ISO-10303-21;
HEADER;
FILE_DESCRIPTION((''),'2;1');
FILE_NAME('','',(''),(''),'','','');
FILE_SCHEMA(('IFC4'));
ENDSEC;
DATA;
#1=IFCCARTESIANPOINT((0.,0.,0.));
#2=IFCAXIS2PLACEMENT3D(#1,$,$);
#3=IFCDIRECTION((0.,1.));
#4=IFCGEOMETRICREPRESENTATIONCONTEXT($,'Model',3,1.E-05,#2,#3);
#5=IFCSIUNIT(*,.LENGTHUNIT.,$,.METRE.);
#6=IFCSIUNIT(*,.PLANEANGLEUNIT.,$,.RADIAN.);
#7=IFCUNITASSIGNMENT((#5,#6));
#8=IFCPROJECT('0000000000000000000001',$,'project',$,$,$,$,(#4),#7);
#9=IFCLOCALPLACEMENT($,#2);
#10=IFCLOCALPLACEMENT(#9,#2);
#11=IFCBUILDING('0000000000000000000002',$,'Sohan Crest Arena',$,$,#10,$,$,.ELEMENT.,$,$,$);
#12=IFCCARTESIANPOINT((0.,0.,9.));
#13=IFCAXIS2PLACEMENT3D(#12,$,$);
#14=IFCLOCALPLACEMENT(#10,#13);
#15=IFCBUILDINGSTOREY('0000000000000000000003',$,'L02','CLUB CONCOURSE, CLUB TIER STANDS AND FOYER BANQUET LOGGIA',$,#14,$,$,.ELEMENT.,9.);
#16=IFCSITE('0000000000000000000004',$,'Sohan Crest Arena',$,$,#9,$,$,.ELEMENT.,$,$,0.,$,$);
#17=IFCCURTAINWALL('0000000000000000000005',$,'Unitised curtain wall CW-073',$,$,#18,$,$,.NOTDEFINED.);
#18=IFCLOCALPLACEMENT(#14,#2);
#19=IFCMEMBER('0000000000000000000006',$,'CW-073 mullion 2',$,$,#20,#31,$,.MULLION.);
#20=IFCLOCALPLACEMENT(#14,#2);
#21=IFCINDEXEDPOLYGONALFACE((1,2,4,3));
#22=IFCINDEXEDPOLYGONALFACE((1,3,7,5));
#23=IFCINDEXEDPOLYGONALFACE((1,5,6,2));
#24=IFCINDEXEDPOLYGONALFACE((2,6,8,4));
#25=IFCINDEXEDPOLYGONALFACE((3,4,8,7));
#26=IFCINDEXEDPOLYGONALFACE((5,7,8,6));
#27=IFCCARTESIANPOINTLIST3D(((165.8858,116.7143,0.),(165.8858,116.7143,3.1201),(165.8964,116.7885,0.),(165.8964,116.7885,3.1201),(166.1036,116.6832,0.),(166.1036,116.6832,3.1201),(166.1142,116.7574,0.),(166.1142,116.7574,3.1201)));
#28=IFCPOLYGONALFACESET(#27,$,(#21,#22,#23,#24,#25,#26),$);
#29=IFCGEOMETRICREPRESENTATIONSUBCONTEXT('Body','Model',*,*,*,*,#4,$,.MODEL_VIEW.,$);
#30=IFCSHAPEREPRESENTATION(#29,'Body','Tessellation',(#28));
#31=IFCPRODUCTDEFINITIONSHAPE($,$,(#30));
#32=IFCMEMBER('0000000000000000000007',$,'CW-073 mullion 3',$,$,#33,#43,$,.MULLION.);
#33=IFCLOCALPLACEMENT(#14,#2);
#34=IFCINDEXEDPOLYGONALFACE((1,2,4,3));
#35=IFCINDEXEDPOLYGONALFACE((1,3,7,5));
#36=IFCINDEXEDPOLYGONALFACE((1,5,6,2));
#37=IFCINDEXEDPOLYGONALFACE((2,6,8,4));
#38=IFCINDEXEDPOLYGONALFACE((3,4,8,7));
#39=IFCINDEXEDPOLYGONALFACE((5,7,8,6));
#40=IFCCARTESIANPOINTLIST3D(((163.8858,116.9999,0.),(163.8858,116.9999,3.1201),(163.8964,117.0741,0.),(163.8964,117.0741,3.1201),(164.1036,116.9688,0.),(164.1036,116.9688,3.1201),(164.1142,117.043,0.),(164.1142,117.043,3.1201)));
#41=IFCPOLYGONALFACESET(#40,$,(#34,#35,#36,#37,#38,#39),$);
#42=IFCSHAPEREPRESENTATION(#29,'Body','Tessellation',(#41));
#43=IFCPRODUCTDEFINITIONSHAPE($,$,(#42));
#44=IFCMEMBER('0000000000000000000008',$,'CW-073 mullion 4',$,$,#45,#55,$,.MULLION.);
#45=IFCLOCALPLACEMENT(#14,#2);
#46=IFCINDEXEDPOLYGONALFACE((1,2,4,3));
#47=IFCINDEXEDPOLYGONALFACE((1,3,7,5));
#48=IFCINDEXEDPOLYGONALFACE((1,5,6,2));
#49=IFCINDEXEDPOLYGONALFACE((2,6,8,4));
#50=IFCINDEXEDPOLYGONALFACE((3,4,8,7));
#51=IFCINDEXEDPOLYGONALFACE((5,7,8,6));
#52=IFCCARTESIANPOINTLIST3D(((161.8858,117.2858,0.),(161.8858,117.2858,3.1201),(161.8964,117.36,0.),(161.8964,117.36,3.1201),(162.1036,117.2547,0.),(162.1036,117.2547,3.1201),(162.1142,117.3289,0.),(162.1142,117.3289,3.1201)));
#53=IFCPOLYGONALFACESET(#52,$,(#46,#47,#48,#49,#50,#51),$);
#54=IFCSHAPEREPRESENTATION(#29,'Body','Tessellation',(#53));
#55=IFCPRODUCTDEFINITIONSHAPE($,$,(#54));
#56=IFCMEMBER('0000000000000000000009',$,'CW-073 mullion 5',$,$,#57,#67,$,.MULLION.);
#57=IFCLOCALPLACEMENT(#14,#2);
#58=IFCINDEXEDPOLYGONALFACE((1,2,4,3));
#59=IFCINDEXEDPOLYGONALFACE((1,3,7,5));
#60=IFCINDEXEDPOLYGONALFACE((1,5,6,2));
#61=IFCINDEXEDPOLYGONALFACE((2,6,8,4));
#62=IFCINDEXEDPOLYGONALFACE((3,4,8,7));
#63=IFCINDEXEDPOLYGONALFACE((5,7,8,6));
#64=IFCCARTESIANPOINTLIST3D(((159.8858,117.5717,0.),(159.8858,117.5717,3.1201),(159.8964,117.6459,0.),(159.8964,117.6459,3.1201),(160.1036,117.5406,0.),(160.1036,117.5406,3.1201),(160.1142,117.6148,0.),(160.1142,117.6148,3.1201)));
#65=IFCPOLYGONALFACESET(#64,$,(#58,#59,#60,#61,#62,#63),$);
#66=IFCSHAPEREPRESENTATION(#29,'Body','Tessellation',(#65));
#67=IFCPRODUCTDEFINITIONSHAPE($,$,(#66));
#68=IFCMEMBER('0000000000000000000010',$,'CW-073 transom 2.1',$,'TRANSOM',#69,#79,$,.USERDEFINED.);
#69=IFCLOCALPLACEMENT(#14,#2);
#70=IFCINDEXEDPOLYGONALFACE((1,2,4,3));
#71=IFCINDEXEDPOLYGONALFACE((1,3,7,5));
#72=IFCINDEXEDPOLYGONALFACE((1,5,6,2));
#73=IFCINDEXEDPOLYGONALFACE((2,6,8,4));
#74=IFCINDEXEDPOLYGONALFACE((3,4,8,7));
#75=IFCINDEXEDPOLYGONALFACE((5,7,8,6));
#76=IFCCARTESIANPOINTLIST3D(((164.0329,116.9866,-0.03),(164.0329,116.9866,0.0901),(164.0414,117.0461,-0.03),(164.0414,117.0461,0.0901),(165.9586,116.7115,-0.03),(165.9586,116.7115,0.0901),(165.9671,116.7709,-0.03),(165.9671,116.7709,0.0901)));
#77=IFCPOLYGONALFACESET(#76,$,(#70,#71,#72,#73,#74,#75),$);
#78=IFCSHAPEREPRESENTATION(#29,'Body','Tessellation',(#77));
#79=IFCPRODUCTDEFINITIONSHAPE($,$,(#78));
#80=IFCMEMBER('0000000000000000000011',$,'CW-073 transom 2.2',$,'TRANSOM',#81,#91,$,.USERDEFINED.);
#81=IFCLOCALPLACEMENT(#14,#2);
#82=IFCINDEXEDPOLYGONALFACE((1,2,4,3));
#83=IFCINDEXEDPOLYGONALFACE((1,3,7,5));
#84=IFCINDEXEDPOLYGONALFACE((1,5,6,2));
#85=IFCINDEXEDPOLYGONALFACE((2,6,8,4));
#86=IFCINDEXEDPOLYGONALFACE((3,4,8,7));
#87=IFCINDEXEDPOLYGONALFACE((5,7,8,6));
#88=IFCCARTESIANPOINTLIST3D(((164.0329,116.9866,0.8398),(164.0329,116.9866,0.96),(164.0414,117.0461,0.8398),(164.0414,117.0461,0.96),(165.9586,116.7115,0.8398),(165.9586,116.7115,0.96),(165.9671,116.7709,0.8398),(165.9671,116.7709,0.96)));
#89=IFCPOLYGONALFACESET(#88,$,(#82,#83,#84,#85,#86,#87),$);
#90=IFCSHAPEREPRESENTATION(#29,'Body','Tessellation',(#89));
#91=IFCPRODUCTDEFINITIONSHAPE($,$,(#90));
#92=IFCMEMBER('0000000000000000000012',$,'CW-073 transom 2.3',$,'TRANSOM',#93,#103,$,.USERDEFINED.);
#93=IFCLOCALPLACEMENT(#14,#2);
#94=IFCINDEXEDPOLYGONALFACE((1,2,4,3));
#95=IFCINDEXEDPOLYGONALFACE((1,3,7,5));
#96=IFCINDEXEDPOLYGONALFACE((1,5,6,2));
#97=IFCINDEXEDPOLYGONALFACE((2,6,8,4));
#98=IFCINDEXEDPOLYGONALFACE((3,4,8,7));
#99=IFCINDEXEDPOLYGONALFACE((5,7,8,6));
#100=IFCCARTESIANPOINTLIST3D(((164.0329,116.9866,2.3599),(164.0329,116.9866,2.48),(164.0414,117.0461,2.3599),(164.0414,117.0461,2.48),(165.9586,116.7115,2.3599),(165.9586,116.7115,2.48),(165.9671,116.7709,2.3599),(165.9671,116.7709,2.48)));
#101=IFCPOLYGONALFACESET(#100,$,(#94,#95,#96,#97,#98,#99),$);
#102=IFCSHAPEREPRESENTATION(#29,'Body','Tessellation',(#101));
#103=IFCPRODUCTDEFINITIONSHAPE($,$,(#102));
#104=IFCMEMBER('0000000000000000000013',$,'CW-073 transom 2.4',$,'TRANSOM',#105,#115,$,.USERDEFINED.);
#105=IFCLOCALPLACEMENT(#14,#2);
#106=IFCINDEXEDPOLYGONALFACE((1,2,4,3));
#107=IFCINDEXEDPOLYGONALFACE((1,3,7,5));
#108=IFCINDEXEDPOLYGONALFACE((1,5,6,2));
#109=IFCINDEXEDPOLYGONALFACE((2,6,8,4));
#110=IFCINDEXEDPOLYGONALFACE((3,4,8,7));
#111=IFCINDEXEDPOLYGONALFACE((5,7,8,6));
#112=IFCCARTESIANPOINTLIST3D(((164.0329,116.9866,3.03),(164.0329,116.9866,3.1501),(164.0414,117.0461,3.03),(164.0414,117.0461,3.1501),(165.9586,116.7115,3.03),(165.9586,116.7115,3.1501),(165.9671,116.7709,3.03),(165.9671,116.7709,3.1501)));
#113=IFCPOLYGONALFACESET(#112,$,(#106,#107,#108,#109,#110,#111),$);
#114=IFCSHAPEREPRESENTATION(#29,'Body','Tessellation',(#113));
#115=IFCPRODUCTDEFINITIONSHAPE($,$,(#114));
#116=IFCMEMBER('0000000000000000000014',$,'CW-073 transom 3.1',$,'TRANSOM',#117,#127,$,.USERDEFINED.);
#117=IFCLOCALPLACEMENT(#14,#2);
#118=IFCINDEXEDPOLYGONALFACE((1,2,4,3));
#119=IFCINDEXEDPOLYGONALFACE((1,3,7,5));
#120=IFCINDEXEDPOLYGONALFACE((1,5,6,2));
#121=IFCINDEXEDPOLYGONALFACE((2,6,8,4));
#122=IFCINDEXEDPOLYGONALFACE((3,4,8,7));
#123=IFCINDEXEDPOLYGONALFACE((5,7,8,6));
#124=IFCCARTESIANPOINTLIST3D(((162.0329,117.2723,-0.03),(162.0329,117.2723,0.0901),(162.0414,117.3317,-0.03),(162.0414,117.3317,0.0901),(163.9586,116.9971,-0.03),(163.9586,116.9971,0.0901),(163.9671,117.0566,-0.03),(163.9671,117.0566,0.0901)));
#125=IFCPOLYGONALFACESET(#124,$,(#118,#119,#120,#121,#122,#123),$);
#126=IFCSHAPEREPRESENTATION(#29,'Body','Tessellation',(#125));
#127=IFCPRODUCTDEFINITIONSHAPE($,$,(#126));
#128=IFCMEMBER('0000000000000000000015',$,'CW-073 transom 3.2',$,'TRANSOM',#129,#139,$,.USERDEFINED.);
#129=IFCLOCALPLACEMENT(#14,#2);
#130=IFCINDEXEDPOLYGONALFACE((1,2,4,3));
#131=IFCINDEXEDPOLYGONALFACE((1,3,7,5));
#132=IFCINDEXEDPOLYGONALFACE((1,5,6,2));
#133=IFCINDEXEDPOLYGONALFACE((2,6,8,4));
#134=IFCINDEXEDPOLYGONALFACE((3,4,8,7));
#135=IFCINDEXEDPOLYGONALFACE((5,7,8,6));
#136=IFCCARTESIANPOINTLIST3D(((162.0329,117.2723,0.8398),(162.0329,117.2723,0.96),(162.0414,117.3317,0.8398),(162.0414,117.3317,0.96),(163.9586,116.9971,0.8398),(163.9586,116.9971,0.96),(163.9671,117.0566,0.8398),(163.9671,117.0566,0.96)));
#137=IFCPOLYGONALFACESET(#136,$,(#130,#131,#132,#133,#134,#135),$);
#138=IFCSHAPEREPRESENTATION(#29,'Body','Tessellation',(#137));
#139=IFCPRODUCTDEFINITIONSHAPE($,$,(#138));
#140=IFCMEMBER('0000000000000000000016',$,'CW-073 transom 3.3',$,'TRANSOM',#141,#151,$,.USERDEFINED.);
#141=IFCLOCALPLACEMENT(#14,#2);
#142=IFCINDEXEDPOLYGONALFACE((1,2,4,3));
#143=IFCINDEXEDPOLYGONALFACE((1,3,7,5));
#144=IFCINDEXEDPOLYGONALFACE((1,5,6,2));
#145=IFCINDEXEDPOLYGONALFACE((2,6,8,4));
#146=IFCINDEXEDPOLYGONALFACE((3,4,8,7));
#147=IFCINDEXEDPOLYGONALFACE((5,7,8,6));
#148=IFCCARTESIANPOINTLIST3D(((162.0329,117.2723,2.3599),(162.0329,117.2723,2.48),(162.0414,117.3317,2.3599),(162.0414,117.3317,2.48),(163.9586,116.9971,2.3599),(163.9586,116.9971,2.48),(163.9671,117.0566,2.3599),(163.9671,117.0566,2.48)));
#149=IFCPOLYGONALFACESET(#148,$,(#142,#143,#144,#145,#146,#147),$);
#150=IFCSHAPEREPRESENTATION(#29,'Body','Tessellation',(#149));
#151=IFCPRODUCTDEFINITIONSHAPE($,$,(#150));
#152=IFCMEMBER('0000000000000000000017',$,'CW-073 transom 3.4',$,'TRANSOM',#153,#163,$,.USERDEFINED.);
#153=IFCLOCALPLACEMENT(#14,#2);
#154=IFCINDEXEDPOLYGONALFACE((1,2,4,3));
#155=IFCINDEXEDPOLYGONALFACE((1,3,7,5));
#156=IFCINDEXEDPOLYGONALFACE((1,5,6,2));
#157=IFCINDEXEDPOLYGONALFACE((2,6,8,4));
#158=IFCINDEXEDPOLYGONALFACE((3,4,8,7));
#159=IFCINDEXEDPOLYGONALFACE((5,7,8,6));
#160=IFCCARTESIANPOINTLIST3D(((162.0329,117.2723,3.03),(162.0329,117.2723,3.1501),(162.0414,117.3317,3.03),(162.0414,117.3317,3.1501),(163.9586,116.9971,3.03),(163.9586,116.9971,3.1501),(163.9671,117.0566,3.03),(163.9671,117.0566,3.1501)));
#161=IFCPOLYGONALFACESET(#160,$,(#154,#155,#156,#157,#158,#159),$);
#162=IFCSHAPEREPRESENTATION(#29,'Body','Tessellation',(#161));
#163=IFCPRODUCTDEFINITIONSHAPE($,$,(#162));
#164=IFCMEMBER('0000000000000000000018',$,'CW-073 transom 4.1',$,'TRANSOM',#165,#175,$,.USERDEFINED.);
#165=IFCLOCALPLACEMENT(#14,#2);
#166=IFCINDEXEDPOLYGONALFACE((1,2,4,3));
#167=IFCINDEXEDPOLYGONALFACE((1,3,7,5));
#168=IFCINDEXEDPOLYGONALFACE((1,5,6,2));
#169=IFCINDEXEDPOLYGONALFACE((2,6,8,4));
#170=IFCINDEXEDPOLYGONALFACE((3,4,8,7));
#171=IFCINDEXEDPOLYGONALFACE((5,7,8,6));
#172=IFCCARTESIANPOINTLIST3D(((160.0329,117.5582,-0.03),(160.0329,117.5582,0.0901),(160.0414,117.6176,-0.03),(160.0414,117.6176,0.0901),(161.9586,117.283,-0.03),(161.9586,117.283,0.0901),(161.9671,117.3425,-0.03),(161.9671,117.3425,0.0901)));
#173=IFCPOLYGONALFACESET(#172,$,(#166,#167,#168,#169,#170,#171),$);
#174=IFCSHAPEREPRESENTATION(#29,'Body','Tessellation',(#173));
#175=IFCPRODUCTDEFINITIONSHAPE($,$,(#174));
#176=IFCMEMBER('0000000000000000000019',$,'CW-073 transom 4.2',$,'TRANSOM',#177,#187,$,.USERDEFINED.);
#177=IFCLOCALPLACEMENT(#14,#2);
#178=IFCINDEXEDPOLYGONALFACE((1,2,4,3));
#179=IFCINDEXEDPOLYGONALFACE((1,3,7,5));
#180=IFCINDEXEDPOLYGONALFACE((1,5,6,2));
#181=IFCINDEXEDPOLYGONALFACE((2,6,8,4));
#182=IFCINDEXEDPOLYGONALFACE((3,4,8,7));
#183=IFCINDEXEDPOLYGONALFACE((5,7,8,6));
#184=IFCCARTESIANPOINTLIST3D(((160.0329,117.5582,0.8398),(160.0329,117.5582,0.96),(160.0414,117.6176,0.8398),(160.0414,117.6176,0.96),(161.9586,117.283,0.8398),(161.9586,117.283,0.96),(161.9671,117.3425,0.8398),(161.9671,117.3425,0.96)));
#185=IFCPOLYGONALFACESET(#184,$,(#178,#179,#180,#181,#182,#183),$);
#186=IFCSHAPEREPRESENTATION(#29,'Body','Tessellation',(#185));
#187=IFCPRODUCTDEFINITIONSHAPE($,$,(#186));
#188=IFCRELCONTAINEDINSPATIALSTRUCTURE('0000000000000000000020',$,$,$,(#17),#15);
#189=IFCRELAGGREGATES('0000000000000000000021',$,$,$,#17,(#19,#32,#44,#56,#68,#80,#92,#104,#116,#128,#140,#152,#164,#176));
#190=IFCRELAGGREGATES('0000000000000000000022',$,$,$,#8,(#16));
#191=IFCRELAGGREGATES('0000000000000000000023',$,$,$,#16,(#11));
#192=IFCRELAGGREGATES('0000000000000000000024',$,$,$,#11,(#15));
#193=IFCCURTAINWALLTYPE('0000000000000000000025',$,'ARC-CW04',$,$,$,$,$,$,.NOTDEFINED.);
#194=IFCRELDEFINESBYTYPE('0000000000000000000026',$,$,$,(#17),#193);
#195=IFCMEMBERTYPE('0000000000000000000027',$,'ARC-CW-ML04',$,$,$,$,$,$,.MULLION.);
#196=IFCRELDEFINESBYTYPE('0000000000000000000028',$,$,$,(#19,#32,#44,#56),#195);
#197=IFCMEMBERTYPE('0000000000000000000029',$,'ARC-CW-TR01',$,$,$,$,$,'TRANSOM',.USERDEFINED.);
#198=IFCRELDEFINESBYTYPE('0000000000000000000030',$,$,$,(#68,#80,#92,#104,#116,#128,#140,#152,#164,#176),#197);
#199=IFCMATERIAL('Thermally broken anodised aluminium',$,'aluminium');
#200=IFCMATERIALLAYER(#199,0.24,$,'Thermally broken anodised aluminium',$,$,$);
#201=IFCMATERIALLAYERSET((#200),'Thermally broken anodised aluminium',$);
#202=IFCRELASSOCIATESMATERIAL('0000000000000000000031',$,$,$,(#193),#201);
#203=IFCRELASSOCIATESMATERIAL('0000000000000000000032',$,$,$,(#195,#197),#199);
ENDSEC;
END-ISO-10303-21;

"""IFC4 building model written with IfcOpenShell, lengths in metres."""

from ifc_helpers import new_model, si_unit, direction, frame, origin, origin_2d, place, context, subcontext, project, spatial, rectangle, extrude, material, layer, layer_set, material_profile, profile_set, type_object, element, aggregate, save


model = new_model("IFC4")

# Units and contexts
model_context = context("Model", 3, precision=1e-05, world=origin(), true_north=direction((0.0, 1.0)))
body_context = subcontext(model_context, "Body", "Model", "MODEL_VIEW")
ifc_project = project(units=[si_unit("LENGTHUNIT", "METRE"), si_unit("PLANEANGLEUNIT", "RADIAN")], contexts=[model_context])

# Site, building, storey
site_placement = place(None, origin())
site = spatial("IfcSite", under=ifc_project, at=site_placement, Name="Sohan Crest Arena", CompositionType="ELEMENT", RefElevation=0.0)
building_placement = place(site_placement, origin())
building = spatial("IfcBuilding", under=site, at=building_placement, Name="Sohan Crest Arena", CompositionType="ELEMENT")
storey_placement = place(building_placement, frame((0.0, 0.0, 9.0)))
storey = spatial("IfcBuildingStorey", under=building, at=storey_placement, Name="L02", Description="CLUB CONCOURSE, CLUB TIER STANDS AND FOYER BANQUET LOGGIA", CompositionType="ELEMENT", Elevation=9.0)

# Curtain wall, members
ifc_material_1 = material(Name="Thermally broken anodised aluminium", Category="aluminium")
ifc_layer_1 = layer(ifc_material_1, 0.24, Name="Thermally broken anodised aluminium")
ifc_layer_set_1 = layer_set([ifc_layer_1], Name="Thermally broken anodised aluminium")
curtain_wall_type = type_object("IfcCurtainWallType", Name="ARC-CW04", PredefinedType="NOTDEFINED", material=ifc_layer_set_1)
curtain_wall_placement = place(storey_placement, origin())
curtain_wall = element("IfcCurtainWall", 1, at=curtain_wall_placement, inside=storey, type_object=curtain_wall_type, Name="Unitised curtain wall CW-073", PredefinedType="NOTDEFINED")
ifc_material_profile_1 = material_profile(ifc_material_1, rectangle(XDim=0.075, YDim=0.22, at=origin_2d()), Name="ALU-MULL 75x220")
ifc_profile_set_1 = profile_set([ifc_material_profile_1], Name="Thermally broken anodised aluminium")
member_type_1 = type_object("IfcMemberType", Name="ARC-CW-ML04", PredefinedType="MULLION", material=ifc_profile_set_1)
member_1_placement = place(storey_placement, frame((166.0, 116.7358, 0.0), z_axis=(0.0, 0.0, 1.0), x_axis=(-0.141463, -0.989944, 0.0)))
member_1 = element("IfcMember", 2, at=member_1_placement, type_object=member_type_1, Name="CW-073 mullion 2", PredefinedType="MULLION", context=body_context, shape_type="SweptSolid", body=[
    extrude(rectangle(XDim=0.075, YDim=0.22, at=origin_2d()), origin(), (0.0, 0.0, 1.0), 3.1201),
])
member_2_placement = place(storey_placement, frame((164.0, 117.0215, 0.0), z_axis=(0.0, 0.0, 1.0), x_axis=(-0.141463, -0.989944, 0.0)))
member_2 = element("IfcMember", 3, at=member_2_placement, type_object=member_type_1, Name="CW-073 mullion 3", PredefinedType="MULLION", context=body_context, shape_type="SweptSolid", body=[
    extrude(rectangle(XDim=0.075, YDim=0.22, at=origin_2d()), origin(), (0.0, 0.0, 1.0), 3.1201),
])
member_3_placement = place(storey_placement, frame((162.0, 117.3074, 0.0), z_axis=(0.0, 0.0, 1.0), x_axis=(-0.141463, -0.989944, 0.0)))
member_3 = element("IfcMember", 4, at=member_3_placement, type_object=member_type_1, Name="CW-073 mullion 4", PredefinedType="MULLION", context=body_context, shape_type="SweptSolid", body=[
    extrude(rectangle(XDim=0.075, YDim=0.22, at=origin_2d()), origin(), (0.0, 0.0, 1.0), 3.1201),
])
member_4_placement = place(storey_placement, frame((160.0, 117.5933, 0.0), z_axis=(0.0, 0.0, 1.0), x_axis=(-0.141463, -0.989944, 0.0)))
member_4 = element("IfcMember", 5, at=member_4_placement, type_object=member_type_1, Name="CW-073 mullion 5", PredefinedType="MULLION", context=body_context, shape_type="SweptSolid", body=[
    extrude(rectangle(XDim=0.075, YDim=0.22, at=origin_2d()), origin(), (0.0, 0.0, 1.0), 3.1201),
])
ifc_material_profile_2 = material_profile(ifc_material_1, rectangle(XDim=0.0601, YDim=0.1201, at=origin_2d()), Name="ALU-TRAN 60x120")
ifc_profile_set_2 = profile_set([ifc_material_profile_2], Name="Thermally broken anodised aluminium")
member_type_2 = type_object("IfcMemberType", Name="ARC-CW-TR01", ElementType="TRANSOM", PredefinedType="USERDEFINED", material=ifc_profile_set_2)
member_5_placement = place(storey_placement, frame((165.9629, 116.7412, 0.03), z_axis=(-0.989947, 0.141439, 0.0), x_axis=(-0.141439, -0.989947, 0.0)))
member_5 = element("IfcMember", 6, at=member_5_placement, type_object=member_type_2, Name="CW-073 transom 2.1", ObjectType="TRANSOM", PredefinedType="USERDEFINED", context=body_context, shape_type="SweptSolid", body=[
    extrude(rectangle(XDim=0.0601, YDim=0.1201, at=origin_2d()), origin(), (0.0, 0.0, 1.0), 1.9453),
])
member_6_placement = place(storey_placement, frame((165.9629, 116.7412, 0.8999), z_axis=(-0.989947, 0.141439, 0.0), x_axis=(-0.141439, -0.989947, 0.0)))
member_6 = element("IfcMember", 7, at=member_6_placement, type_object=member_type_2, Name="CW-073 transom 2.2", ObjectType="TRANSOM", PredefinedType="USERDEFINED", context=body_context, shape_type="SweptSolid", body=[
    extrude(rectangle(XDim=0.0601, YDim=0.1201, at=origin_2d()), origin(), (0.0, 0.0, 1.0), 1.9453),
])
member_7_placement = place(storey_placement, frame((165.9629, 116.7412, 2.4199), z_axis=(-0.989947, 0.141439, 0.0), x_axis=(-0.141439, -0.989947, 0.0)))
member_7 = element("IfcMember", 8, at=member_7_placement, type_object=member_type_2, Name="CW-073 transom 2.3", ObjectType="TRANSOM", PredefinedType="USERDEFINED", context=body_context, shape_type="SweptSolid", body=[
    extrude(rectangle(XDim=0.0601, YDim=0.1201, at=origin_2d()), origin(), (0.0, 0.0, 1.0), 1.9453),
])
member_8_placement = place(storey_placement, frame((165.9629, 116.7412, 3.0901), z_axis=(-0.989947, 0.141439, 0.0), x_axis=(-0.141439, -0.989947, 0.0)))
member_8 = element("IfcMember", 9, at=member_8_placement, type_object=member_type_2, Name="CW-073 transom 2.4", ObjectType="TRANSOM", PredefinedType="USERDEFINED", context=body_context, shape_type="SweptSolid", body=[
    extrude(rectangle(XDim=0.0601, YDim=0.1201, at=origin_2d()), origin(), (0.0, 0.0, 1.0), 1.9453),
])
member_9_placement = place(storey_placement, frame((163.9629, 117.0269, 0.03), z_axis=(-0.989947, 0.141439, 0.0), x_axis=(-0.141439, -0.989947, 0.0)))
member_9 = element("IfcMember", 10, at=member_9_placement, type_object=member_type_2, Name="CW-073 transom 3.1", ObjectType="TRANSOM", PredefinedType="USERDEFINED", context=body_context, shape_type="SweptSolid", body=[
    extrude(rectangle(XDim=0.0601, YDim=0.1201, at=origin_2d()), origin(), (0.0, 0.0, 1.0), 1.9453),
])
member_10_placement = place(storey_placement, frame((163.9629, 117.0269, 0.8999), z_axis=(-0.989947, 0.141439, 0.0), x_axis=(-0.141439, -0.989947, 0.0)))
member_10 = element("IfcMember", 11, at=member_10_placement, type_object=member_type_2, Name="CW-073 transom 3.2", ObjectType="TRANSOM", PredefinedType="USERDEFINED", context=body_context, shape_type="SweptSolid", body=[
    extrude(rectangle(XDim=0.0601, YDim=0.1201, at=origin_2d()), origin(), (0.0, 0.0, 1.0), 1.9453),
])
member_11_placement = place(storey_placement, frame((163.9629, 117.0269, 2.4199), z_axis=(-0.989947, 0.141439, 0.0), x_axis=(-0.141439, -0.989947, 0.0)))
member_11 = element("IfcMember", 12, at=member_11_placement, type_object=member_type_2, Name="CW-073 transom 3.3", ObjectType="TRANSOM", PredefinedType="USERDEFINED", context=body_context, shape_type="SweptSolid", body=[
    extrude(rectangle(XDim=0.0601, YDim=0.1201, at=origin_2d()), origin(), (0.0, 0.0, 1.0), 1.9453),
])
member_12_placement = place(storey_placement, frame((163.9629, 117.0269, 3.0901), z_axis=(-0.989947, 0.141439, 0.0), x_axis=(-0.141439, -0.989947, 0.0)))
member_12 = element("IfcMember", 13, at=member_12_placement, type_object=member_type_2, Name="CW-073 transom 3.4", ObjectType="TRANSOM", PredefinedType="USERDEFINED", context=body_context, shape_type="SweptSolid", body=[
    extrude(rectangle(XDim=0.0601, YDim=0.1201, at=origin_2d()), origin(), (0.0, 0.0, 1.0), 1.9453),
])
member_13_placement = place(storey_placement, frame((161.9629, 117.3127, 0.03), z_axis=(-0.989947, 0.141439, 0.0), x_axis=(-0.141439, -0.989947, 0.0)))
member_13 = element("IfcMember", 14, at=member_13_placement, type_object=member_type_2, Name="CW-073 transom 4.1", ObjectType="TRANSOM", PredefinedType="USERDEFINED", context=body_context, shape_type="SweptSolid", body=[
    extrude(rectangle(XDim=0.0601, YDim=0.1201, at=origin_2d()), origin(), (0.0, 0.0, 1.0), 1.9453),
])
member_14_placement = place(storey_placement, frame((161.9629, 117.3127, 0.8999), z_axis=(-0.989947, 0.141439, 0.0), x_axis=(-0.141439, -0.989947, 0.0)))
member_14 = element("IfcMember", 15, at=member_14_placement, type_object=member_type_2, Name="CW-073 transom 4.2", ObjectType="TRANSOM", PredefinedType="USERDEFINED", context=body_context, shape_type="SweptSolid", body=[
    extrude(rectangle(XDim=0.0601, YDim=0.1201, at=origin_2d()), origin(), (0.0, 0.0, 1.0), 1.9453),
])
aggregate(curtain_wall, [member_1, member_2, member_3, member_4, member_5, member_6, member_7, member_8, member_9, member_10, member_11, member_12, member_13, member_14])

save(model, "model.ifc")
